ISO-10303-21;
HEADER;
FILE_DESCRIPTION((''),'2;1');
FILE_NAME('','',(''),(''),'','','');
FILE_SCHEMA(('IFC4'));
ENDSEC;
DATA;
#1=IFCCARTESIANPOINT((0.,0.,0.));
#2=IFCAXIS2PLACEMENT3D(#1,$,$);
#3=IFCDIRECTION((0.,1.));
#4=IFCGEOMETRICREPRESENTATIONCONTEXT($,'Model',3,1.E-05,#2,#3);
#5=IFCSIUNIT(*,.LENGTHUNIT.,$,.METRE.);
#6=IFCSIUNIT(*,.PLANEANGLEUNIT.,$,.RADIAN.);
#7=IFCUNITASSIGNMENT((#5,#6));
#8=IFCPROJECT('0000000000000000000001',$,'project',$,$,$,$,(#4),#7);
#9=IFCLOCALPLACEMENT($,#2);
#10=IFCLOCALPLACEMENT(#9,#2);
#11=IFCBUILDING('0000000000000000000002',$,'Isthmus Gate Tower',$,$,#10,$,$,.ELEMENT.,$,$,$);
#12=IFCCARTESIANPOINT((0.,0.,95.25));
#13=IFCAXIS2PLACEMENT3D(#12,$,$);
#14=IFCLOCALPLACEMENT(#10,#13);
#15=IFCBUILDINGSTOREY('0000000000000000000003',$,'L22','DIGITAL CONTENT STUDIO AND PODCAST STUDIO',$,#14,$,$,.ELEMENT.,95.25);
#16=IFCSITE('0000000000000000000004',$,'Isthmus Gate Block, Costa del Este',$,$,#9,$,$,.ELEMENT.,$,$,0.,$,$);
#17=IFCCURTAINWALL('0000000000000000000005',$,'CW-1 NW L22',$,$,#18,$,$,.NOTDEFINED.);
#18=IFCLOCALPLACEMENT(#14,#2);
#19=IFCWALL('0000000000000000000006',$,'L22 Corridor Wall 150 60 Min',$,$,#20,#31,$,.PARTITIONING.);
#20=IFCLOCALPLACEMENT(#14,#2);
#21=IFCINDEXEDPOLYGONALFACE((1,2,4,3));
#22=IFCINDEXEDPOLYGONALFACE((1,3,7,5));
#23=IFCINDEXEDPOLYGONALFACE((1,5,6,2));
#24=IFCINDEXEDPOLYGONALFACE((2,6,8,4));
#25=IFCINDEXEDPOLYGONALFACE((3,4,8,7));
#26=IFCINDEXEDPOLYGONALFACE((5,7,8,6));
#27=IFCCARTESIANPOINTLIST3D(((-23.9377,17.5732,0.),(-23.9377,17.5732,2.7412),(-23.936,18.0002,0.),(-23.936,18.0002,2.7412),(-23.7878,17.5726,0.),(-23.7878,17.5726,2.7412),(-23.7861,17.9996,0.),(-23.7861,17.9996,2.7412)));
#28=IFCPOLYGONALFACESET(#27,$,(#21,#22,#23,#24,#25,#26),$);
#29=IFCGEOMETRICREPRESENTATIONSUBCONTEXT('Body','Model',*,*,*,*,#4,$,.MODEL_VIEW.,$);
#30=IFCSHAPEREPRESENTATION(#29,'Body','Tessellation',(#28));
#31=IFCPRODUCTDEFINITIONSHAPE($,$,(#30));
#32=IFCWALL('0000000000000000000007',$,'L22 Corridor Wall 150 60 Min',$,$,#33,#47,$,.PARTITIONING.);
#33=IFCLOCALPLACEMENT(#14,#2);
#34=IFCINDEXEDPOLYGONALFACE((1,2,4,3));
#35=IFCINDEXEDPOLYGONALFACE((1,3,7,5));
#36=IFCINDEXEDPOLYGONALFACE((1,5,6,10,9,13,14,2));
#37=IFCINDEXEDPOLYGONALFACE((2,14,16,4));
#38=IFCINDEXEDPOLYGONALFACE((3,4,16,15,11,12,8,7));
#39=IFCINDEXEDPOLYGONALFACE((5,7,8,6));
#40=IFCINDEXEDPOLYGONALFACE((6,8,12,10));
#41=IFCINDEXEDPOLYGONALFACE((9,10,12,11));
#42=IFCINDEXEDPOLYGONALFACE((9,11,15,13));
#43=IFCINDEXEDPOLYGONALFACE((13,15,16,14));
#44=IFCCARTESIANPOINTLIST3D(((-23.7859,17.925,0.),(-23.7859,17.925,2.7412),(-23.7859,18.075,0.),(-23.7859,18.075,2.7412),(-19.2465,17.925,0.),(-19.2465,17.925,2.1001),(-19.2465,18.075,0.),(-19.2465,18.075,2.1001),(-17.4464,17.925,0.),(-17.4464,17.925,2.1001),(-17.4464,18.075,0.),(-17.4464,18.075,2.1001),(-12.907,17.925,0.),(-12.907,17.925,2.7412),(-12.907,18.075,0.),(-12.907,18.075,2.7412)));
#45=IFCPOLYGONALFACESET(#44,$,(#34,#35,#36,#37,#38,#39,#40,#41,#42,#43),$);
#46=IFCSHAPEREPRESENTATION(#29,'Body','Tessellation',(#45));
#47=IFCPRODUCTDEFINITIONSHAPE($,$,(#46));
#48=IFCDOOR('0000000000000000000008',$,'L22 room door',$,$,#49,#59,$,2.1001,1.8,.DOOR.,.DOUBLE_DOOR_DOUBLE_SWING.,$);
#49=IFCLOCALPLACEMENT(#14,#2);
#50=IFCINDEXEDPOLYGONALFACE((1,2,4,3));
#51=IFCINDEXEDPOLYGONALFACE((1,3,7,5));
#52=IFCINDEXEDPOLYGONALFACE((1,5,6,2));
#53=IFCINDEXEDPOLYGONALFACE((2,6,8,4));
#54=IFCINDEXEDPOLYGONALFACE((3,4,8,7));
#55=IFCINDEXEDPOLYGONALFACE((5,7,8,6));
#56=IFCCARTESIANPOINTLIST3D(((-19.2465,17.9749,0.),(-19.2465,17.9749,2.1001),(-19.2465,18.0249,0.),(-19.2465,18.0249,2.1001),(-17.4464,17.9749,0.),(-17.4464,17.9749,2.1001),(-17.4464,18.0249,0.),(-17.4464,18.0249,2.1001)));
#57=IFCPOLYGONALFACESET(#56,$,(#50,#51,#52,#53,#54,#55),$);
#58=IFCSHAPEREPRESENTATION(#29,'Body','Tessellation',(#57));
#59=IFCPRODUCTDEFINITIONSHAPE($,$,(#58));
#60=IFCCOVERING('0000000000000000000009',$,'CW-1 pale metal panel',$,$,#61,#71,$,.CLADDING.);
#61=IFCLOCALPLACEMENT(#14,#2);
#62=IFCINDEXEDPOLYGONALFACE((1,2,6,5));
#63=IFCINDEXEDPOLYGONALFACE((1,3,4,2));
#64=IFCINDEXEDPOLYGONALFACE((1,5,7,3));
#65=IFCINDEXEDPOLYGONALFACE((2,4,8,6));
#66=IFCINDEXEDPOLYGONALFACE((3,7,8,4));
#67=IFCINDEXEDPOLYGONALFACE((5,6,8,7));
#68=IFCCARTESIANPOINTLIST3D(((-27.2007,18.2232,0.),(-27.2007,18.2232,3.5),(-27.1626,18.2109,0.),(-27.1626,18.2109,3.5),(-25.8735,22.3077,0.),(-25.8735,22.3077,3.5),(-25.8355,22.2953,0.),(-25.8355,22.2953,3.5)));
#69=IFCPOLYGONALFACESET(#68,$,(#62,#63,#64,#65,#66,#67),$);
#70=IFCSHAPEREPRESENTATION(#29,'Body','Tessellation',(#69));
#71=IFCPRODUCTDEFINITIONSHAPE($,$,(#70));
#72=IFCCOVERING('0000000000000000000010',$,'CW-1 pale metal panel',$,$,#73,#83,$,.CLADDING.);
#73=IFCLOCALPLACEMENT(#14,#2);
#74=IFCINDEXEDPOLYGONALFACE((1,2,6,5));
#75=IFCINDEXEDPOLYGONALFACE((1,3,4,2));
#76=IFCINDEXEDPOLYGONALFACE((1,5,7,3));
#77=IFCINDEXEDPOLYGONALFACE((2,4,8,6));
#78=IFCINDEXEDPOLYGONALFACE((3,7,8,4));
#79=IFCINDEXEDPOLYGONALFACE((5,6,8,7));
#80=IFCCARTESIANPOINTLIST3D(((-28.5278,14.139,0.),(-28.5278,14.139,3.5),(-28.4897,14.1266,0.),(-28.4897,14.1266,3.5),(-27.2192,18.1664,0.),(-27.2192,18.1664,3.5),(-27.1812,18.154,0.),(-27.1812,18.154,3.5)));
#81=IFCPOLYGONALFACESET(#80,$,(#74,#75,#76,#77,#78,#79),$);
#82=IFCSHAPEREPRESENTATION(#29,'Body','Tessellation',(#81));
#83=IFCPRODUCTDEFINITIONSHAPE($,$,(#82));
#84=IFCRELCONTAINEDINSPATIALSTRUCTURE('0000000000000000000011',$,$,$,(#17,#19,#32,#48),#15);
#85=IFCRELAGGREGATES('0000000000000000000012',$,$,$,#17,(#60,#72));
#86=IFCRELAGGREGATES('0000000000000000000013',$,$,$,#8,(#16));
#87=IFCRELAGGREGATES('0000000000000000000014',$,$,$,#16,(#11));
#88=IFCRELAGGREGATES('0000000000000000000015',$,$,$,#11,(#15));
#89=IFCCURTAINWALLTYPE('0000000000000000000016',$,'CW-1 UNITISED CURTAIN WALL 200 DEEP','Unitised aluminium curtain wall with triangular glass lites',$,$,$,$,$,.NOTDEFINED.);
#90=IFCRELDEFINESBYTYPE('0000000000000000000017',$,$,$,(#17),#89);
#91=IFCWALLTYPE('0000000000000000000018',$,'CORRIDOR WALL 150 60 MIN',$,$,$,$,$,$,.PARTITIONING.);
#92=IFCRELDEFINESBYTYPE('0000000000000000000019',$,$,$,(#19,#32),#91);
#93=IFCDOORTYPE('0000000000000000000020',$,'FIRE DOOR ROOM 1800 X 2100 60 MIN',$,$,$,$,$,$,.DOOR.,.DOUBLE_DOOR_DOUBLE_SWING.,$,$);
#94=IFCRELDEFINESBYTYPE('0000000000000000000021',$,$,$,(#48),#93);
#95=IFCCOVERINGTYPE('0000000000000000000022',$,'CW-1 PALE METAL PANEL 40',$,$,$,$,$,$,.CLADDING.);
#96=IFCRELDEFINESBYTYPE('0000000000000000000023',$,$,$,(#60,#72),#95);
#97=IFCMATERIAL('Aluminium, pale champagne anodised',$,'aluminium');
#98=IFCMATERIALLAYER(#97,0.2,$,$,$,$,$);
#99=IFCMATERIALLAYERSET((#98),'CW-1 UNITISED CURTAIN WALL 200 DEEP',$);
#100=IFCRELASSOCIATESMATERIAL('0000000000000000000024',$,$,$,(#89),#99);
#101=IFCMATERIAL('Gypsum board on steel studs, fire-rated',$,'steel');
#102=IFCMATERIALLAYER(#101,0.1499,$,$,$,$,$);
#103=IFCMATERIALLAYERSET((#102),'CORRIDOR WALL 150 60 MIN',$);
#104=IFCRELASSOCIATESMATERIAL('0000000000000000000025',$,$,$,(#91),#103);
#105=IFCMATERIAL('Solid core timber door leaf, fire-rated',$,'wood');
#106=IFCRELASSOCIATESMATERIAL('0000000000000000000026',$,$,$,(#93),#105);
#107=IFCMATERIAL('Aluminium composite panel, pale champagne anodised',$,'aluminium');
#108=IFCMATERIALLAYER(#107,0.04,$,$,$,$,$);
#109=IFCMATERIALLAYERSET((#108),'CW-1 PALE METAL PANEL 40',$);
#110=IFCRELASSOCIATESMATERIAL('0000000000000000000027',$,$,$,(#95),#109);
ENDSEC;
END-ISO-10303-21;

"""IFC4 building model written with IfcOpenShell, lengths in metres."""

from ifc_helpers import new_model, si_unit, direction, frame, frame_2d, origin, origin_2d, place, context, subcontext, project, spatial, rectangle, extrude, material, layer, layer_set, type_object, element, fill, aggregate, save


model = new_model("IFC4")

# Units and contexts
model_context = context("Model", 3, precision=1e-05, world=origin(), true_north=direction((0.0, 1.0)))
body_context = subcontext(model_context, "Body", "Model", "MODEL_VIEW")
ifc_project = project(units=[si_unit("LENGTHUNIT", "METRE"), si_unit("PLANEANGLEUNIT", "RADIAN")], contexts=[model_context])

# Site, building, storey
site_placement = place(None, origin())
site = spatial("IfcSite", under=ifc_project, at=site_placement, Name="Isthmus Gate Block, Costa del Este", CompositionType="ELEMENT", RefElevation=0.0)
building_placement = place(site_placement, origin())
building = spatial("IfcBuilding", under=site, at=building_placement, Name="Isthmus Gate Tower", CompositionType="ELEMENT")
storey_placement = place(building_placement, frame((0.0, 0.0, 95.25)))
storey = spatial("IfcBuildingStorey", under=building, at=storey_placement, Name="L22", Description="DIGITAL CONTENT STUDIO AND PODCAST STUDIO", CompositionType="ELEMENT", Elevation=95.25)

# Shared definitions
ifc_material_1 = material(Name="Aluminium, pale champagne anodised", Category="aluminium")
ifc_layer_1 = layer(ifc_material_1, 0.2)
ifc_layer_set_1 = layer_set([ifc_layer_1], Name="CW-1 UNITISED CURTAIN WALL 200 DEEP")
curtain_wall_type = type_object("IfcCurtainWallType", Name="CW-1 UNITISED CURTAIN WALL 200 DEEP", Description="Unitised aluminium curtain wall with triangular glass lites", PredefinedType="NOTDEFINED", material=ifc_layer_set_1)

# Curtain wall
curtain_wall_1_placement = place(storey_placement, origin())
curtain_wall_1 = element("IfcCurtainWall", 1, at=curtain_wall_1_placement, inside=storey, type_object=curtain_wall_type, Name="CW-1 NW L22", PredefinedType="NOTDEFINED")

# Wall
ifc_material_2 = material(Name="Gypsum board on steel studs, fire-rated", Category="steel")
ifc_layer_2 = layer(ifc_material_2, 0.1499)
ifc_layer_set_2 = layer_set([ifc_layer_2], Name="CORRIDOR WALL 150 60 MIN")
wall_type = type_object("IfcWallType", Name="CORRIDOR WALL 150 60 MIN", PredefinedType="PARTITIONING", material=ifc_layer_set_2)
wall_1_placement = place(storey_placement, frame((-23.8628, 17.573, 0.0), z_axis=(0.0, 0.0, 1.0), x_axis=(0.004002, 0.999992, 0.0)))
element("IfcWall", 2, at=wall_1_placement, inside=storey, type_object=wall_type, Name="L22 Corridor Wall 150 60 Min", PredefinedType="PARTITIONING", context=body_context, shape_type="SweptSolid", body=[
    extrude(rectangle(XDim=0.427, YDim=0.1499, at=frame_2d((0.2134, 0.0))), origin(), (0.0, 0.0, 1.0), 2.7412),
])

# Wall, opening, door
wall_2_placement = place(storey_placement, frame((-23.7859, 18.0, 0.0), z_axis=(0.0, 0.0, 1.0), x_axis=(1.0, 0.0, 0.0)))
wall_2 = element("IfcWall", 3, at=wall_2_placement, inside=storey, type_object=wall_type, Name="L22 Corridor Wall 150 60 Min", PredefinedType="PARTITIONING", context=body_context, shape_type="SweptSolid", body=[
    extrude(rectangle(XDim=10.8789, YDim=0.1499, at=frame_2d((5.4395, 0.0))), origin(), (0.0, 0.0, 1.0), 2.7412),
])
opening_placement = place(wall_2_placement, frame((4.5396, 0.0, 0.0)))
opening = element("IfcOpeningElement", 4, at=opening_placement, cuts=wall_2, PredefinedType="OPENING", context=body_context, shape_type="SweptSolid", body=[
    extrude(rectangle(XDim=1.8, YDim=2.1001, at=frame_2d((0.8999, 1.05))), frame((0.0, 0.085, 0.0), z_axis=(0.0, -1.0, 0.0), x_axis=(1.0, 0.0, 0.0)), (0.0, 0.0, 1.0), 0.1699),
])
ifc_material_3 = material(Name="Solid core timber door leaf, fire-rated", Category="wood")
door_type = type_object("IfcDoorType", Name="FIRE DOOR ROOM 1800 X 2100 60 MIN", OperationType="DOUBLE_DOOR_DOUBLE_SWING", PredefinedType="DOOR", material=ifc_material_3)
door_placement = place(opening_placement, origin())
door = element("IfcDoor", 5, at=door_placement, inside=storey, type_object=door_type, Name="L22 room door", OperationType="DOUBLE_DOOR_DOUBLE_SWING", OverallHeight=2.1001, OverallWidth=1.8, PredefinedType="DOOR", context=body_context, shape_type="SweptSolid", body=[
    extrude(rectangle(XDim=1.8, YDim=2.1001, at=frame_2d((0.8999, 1.05))), frame((0.0, 0.0249, 0.0), z_axis=(0.0, -1.0, 0.0), x_axis=(1.0, 0.0, 0.0)), (0.0, 0.0, 1.0), 0.05),
])
fill(opening, door)

# Coverings
ifc_material_4 = material(Name="Aluminium composite panel, pale champagne anodised", Category="aluminium")
ifc_layer_3 = layer(ifc_material_4, 0.04)
ifc_layer_set_3 = layer_set([ifc_layer_3], Name="CW-1 PALE METAL PANEL 40")
covering_type = type_object("IfcCoveringType", Name="CW-1 PALE METAL PANEL 40", PredefinedType="CLADDING", material=ifc_layer_set_3)
covering_1_placement = place(storey_placement, frame((-26.5181, 20.2593, 0.0), z_axis=(0.0, 0.0, 1.0), x_axis=(-0.309017, -0.951057, 0.0)))
covering_1 = element("IfcCovering", 6, at=covering_1_placement, type_object=covering_type, Name="CW-1 pale metal panel", PredefinedType="CLADDING", context=body_context, shape_type="SweptSolid", body=[
    extrude(rectangle(XDim=4.2947, YDim=0.04, at=origin_2d()), origin(), (0.0, 0.0, 1.0), 3.5),
])
covering_2_placement = place(storey_placement, frame((-27.8545, 16.1465, 0.0), z_axis=(0.0, 0.0, 1.0), x_axis=(-0.309017, -0.951057, 0.0)))
covering_2 = element("IfcCovering", 7, at=covering_2_placement, type_object=covering_type, Name="CW-1 pale metal panel", PredefinedType="CLADDING", context=body_context, shape_type="SweptSolid", body=[
    extrude(rectangle(XDim=4.2346, YDim=0.04, at=origin_2d()), origin(), (0.0, 0.0, 1.0), 3.5),
])
aggregate(curtain_wall_1, [covering_1, covering_2])

save(model, "model.ifc")
